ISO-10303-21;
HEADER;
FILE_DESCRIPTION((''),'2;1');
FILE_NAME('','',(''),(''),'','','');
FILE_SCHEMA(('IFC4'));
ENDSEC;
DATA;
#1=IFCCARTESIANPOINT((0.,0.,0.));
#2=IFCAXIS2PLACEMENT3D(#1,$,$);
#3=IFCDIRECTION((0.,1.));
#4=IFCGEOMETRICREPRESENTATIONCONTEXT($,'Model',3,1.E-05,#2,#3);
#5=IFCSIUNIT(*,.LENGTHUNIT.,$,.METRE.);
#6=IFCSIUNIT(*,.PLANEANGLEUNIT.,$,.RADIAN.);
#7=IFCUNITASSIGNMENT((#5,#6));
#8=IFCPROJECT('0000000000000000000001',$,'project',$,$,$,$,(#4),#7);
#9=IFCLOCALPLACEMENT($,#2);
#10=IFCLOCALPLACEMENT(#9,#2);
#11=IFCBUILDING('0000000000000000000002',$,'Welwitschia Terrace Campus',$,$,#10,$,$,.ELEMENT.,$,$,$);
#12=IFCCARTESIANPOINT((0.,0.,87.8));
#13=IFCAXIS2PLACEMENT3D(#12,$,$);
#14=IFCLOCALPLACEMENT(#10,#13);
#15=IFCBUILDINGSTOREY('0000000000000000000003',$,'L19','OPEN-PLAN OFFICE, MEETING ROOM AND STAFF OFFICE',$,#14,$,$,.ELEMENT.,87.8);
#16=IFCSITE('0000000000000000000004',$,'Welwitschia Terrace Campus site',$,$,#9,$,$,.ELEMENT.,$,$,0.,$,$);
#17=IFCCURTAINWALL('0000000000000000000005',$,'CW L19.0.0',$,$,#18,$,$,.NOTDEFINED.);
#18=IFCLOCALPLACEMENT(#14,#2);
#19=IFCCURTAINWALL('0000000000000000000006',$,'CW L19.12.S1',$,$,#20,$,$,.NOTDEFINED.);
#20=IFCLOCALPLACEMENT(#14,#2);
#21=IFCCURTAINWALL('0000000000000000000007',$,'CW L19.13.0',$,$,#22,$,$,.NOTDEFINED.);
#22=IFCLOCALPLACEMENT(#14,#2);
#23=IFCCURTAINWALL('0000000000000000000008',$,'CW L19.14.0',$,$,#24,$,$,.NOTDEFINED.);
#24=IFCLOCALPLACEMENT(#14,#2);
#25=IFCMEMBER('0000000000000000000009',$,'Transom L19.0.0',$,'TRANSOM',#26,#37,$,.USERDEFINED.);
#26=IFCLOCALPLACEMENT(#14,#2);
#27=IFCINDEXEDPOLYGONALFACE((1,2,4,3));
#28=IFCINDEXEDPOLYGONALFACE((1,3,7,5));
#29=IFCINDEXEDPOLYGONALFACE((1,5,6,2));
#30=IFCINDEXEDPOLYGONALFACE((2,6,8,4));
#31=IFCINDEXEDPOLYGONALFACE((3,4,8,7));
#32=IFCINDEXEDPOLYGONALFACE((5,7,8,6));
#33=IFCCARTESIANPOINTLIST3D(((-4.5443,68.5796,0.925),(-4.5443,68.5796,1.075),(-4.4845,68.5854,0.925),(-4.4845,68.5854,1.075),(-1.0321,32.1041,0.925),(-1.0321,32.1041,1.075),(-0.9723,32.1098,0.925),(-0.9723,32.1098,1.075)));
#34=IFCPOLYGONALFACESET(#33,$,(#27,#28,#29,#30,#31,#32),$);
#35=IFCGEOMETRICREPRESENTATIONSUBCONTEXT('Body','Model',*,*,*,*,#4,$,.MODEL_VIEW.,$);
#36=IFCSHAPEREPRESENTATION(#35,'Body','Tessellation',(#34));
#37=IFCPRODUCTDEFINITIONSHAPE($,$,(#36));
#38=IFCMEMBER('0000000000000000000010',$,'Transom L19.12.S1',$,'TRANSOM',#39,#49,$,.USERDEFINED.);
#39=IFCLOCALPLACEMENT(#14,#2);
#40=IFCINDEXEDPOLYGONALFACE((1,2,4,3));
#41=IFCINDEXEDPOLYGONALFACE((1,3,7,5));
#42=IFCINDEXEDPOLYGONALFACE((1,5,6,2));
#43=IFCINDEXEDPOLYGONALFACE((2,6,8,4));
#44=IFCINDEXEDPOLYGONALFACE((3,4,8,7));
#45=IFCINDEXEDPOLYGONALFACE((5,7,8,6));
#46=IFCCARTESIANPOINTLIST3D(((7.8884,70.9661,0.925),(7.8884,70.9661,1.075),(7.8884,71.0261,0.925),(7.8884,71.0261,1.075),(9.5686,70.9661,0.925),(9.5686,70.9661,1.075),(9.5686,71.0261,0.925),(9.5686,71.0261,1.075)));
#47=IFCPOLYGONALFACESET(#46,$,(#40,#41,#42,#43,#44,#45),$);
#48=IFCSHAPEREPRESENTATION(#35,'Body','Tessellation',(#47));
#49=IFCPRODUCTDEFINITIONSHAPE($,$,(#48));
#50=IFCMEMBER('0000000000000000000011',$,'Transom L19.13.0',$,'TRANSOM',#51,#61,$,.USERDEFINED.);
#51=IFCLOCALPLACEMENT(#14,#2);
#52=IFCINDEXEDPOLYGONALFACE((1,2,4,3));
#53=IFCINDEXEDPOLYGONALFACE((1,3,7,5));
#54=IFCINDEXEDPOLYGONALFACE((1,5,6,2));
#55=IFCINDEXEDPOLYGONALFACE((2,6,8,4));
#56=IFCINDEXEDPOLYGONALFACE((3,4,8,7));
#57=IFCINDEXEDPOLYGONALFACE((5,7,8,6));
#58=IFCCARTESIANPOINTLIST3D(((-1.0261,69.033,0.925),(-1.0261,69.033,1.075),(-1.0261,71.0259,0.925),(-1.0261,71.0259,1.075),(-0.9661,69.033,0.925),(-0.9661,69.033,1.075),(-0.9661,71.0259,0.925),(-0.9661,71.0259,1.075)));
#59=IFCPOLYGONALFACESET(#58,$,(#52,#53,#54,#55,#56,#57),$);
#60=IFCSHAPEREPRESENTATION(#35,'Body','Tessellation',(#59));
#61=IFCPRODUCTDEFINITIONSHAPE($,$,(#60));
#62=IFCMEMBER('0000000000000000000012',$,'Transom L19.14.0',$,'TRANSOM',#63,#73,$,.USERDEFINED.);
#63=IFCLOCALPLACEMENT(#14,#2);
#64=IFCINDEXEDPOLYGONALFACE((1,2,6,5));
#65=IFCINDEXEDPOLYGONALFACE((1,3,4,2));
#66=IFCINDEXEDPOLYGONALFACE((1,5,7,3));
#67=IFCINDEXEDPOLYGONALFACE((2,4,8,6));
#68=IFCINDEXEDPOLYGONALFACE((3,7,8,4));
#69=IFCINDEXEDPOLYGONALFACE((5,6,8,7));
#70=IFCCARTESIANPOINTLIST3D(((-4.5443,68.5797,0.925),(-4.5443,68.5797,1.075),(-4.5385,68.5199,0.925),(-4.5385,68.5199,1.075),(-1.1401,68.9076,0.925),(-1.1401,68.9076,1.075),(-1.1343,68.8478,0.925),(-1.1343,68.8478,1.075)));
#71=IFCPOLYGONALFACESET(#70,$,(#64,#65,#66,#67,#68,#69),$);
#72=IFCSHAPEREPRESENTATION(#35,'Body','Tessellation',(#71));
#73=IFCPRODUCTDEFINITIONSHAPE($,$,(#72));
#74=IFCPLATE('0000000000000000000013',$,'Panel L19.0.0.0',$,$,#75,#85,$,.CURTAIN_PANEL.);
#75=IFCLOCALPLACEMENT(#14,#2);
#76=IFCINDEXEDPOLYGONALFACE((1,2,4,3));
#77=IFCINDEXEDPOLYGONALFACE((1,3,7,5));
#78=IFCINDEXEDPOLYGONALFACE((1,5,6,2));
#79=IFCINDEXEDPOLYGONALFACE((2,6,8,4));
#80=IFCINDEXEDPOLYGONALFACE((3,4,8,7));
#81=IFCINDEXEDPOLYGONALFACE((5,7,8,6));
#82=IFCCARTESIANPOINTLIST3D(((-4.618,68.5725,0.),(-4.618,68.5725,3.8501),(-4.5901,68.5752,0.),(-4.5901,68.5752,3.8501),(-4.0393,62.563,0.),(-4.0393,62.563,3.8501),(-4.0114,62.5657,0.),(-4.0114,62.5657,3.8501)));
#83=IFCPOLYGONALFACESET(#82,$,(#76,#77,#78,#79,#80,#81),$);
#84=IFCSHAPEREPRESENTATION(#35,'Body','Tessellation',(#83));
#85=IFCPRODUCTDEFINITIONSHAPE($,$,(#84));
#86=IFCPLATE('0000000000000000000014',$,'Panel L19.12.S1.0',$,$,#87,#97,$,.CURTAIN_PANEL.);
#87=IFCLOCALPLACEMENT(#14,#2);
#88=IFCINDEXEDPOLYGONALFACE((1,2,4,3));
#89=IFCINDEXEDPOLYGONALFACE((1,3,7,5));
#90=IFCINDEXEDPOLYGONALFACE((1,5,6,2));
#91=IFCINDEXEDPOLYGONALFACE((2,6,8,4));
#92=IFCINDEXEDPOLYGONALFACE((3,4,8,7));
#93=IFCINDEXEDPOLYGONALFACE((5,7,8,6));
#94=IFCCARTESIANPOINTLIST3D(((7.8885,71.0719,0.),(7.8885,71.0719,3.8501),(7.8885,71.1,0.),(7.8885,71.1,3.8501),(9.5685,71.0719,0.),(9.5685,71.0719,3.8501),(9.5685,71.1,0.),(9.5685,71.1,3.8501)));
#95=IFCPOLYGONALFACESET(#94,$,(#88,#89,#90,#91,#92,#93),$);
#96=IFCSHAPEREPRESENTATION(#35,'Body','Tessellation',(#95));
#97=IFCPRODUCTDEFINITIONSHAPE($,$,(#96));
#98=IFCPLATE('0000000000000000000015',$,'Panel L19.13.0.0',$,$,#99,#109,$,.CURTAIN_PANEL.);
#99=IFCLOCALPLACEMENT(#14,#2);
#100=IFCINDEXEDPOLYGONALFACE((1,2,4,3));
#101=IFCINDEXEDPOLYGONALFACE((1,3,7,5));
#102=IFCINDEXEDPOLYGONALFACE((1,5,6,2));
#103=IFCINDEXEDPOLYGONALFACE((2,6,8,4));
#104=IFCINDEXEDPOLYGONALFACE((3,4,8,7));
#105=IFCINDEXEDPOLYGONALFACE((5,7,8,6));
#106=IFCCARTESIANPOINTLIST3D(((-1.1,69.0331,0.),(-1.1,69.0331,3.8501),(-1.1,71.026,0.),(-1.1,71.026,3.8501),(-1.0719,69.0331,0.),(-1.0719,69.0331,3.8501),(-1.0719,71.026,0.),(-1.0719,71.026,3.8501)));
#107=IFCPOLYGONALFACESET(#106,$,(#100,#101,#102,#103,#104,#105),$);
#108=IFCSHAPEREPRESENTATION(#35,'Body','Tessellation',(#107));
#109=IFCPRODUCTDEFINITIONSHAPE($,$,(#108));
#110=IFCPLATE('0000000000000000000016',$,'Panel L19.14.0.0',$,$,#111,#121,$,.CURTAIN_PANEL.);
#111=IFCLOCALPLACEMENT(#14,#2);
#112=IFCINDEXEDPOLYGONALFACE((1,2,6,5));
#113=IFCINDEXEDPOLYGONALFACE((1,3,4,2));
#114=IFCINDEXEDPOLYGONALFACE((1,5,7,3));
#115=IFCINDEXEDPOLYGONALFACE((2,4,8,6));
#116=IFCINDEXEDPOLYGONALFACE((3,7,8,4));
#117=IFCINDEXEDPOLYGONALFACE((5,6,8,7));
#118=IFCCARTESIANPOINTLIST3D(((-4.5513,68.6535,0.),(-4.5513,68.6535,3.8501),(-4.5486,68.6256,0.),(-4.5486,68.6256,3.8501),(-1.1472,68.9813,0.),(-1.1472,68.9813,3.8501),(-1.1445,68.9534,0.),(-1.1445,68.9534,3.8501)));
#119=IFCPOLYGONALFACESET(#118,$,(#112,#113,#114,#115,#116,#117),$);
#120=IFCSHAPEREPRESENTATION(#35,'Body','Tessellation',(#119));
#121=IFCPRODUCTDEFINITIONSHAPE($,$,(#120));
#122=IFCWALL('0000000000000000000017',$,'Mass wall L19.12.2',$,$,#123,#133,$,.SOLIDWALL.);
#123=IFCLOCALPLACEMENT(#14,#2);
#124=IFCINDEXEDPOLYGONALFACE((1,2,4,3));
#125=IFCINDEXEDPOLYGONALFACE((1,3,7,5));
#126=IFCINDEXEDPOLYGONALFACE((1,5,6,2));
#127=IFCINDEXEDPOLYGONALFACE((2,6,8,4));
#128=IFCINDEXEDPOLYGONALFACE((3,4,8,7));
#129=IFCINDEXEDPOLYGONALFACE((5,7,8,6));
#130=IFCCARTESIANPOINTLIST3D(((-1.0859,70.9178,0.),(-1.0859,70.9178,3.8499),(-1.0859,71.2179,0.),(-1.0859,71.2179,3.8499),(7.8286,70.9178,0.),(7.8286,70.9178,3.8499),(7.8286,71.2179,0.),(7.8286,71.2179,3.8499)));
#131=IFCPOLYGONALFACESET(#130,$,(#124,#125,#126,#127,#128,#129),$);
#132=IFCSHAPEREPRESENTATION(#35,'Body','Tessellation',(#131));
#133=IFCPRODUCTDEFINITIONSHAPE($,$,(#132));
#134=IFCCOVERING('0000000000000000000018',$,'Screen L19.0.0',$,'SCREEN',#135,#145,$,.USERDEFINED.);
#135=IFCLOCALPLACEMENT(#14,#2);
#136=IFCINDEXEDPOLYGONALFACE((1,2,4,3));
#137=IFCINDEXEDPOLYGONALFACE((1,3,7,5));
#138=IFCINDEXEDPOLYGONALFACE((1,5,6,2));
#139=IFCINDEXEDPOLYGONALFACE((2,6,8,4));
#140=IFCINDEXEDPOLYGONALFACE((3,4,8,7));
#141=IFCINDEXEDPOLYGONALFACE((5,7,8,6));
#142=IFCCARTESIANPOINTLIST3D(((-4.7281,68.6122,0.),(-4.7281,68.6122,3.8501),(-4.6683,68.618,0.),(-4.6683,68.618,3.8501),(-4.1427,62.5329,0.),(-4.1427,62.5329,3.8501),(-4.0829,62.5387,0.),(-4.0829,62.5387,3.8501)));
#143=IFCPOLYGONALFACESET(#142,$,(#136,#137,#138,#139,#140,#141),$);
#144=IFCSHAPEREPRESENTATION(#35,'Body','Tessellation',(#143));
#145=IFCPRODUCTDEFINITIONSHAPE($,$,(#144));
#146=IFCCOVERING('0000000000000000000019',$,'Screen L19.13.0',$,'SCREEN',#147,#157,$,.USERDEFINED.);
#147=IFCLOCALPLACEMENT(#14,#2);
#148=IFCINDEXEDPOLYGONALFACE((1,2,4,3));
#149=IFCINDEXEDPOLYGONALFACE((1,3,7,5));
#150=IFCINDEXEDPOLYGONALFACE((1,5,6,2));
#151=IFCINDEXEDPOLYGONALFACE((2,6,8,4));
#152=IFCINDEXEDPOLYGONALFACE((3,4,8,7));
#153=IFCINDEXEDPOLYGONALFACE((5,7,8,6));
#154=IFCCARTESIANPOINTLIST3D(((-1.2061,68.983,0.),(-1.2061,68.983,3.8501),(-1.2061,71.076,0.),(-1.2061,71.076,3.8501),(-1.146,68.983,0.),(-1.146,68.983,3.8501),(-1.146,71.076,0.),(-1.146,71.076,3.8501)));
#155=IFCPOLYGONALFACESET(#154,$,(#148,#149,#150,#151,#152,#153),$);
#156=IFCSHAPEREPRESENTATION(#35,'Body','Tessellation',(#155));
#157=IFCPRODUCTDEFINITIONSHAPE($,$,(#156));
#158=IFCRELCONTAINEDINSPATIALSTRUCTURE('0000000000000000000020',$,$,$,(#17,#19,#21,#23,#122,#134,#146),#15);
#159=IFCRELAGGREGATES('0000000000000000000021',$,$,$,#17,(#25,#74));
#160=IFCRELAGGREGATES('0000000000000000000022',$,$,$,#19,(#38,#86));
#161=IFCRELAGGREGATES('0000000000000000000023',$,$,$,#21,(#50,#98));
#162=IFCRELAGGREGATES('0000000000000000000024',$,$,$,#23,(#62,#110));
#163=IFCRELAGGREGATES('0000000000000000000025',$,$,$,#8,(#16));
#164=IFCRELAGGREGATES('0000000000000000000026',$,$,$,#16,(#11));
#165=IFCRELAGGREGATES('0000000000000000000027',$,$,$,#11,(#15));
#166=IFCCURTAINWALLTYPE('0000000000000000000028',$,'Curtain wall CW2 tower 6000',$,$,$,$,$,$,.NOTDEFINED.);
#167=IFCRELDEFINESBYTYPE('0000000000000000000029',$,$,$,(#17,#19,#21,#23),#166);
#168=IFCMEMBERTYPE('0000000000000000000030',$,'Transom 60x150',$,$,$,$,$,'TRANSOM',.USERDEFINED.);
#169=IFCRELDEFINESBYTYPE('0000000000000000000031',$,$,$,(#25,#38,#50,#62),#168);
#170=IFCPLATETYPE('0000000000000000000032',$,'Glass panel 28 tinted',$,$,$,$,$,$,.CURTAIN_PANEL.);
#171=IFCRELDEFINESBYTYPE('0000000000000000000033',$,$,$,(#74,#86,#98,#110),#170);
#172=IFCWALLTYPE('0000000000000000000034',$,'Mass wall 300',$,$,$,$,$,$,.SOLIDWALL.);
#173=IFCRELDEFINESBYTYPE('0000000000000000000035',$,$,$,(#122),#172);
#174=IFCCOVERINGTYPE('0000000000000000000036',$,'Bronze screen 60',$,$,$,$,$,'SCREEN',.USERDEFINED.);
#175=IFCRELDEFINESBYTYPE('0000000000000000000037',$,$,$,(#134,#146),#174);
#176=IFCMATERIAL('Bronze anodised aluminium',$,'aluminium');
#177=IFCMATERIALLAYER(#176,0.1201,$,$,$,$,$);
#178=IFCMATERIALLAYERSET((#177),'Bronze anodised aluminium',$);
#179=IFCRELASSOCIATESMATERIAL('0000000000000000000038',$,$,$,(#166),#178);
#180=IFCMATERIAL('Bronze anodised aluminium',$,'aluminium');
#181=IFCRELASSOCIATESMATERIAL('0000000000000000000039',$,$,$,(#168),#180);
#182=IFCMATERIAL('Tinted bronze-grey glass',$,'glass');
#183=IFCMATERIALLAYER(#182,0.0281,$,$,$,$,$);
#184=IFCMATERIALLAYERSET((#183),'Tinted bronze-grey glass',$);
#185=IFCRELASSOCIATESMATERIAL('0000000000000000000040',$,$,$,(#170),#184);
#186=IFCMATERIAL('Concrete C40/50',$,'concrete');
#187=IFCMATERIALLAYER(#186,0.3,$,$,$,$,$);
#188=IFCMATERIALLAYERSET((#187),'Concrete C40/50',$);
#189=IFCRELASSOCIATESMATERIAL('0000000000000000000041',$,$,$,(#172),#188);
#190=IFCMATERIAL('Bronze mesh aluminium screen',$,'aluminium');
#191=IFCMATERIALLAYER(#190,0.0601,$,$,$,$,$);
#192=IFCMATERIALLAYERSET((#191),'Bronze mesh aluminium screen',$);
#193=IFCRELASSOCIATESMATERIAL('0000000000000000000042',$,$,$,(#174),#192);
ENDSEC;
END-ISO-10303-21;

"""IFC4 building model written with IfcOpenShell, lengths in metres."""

from ifc_helpers import new_model, si_unit, direction, frame, frame_2d, origin, origin_2d, place, context, subcontext, project, spatial, rectangle, extrude, material, layer, layer_set, material_profile, profile_set, type_object, element, aggregate, save


model = new_model("IFC4")

# Units and contexts
model_context = context("Model", 3, precision=1e-05, world=origin(), true_north=direction((0.0, 1.0)))
body_context = subcontext(model_context, "Body", "Model", "MODEL_VIEW")
ifc_project = project(units=[si_unit("LENGTHUNIT", "METRE"), si_unit("PLANEANGLEUNIT", "RADIAN")], contexts=[model_context])

# Site, building, storey
site_placement = place(None, origin())
site = spatial("IfcSite", under=ifc_project, at=site_placement, Name="Welwitschia Terrace Campus site", CompositionType="ELEMENT", RefElevation=0.0)
building_placement = place(site_placement, origin())
building = spatial("IfcBuilding", under=site, at=building_placement, Name="Welwitschia Terrace Campus", CompositionType="ELEMENT")
storey_placement = place(building_placement, frame((0.0, 0.0, 87.8)))
storey = spatial("IfcBuildingStorey", under=building, at=storey_placement, Name="L19", Description="OPEN-PLAN OFFICE, MEETING ROOM AND STAFF OFFICE", CompositionType="ELEMENT", Elevation=87.8)

# Curtain wall
ifc_material_1 = material(Name="Bronze anodised aluminium", Category="aluminium")
ifc_layer_1 = layer(ifc_material_1, 0.1201)
ifc_layer_set_1 = layer_set([ifc_layer_1], Name="Bronze anodised aluminium")
curtain_wall_type = type_object("IfcCurtainWallType", Name="Curtain wall CW2 tower 6000", PredefinedType="NOTDEFINED", material=ifc_layer_set_1)
curtain_wall_1_placement = place(storey_placement, origin())
curtain_wall_1 = element("IfcCurtainWall", 1, at=curtain_wall_1_placement, inside=storey, type_object=curtain_wall_type, Name="CW L19.0.0", PredefinedType="NOTDEFINED")

# Curtain walls
curtain_wall_2_placement = place(storey_placement, origin())
curtain_wall_2 = element("IfcCurtainWall", 2, at=curtain_wall_2_placement, inside=storey, type_object=curtain_wall_type, Name="CW L19.12.S1", PredefinedType="NOTDEFINED")
curtain_wall_3_placement = place(storey_placement, origin())
curtain_wall_3 = element("IfcCurtainWall", 3, at=curtain_wall_3_placement, inside=storey, type_object=curtain_wall_type, Name="CW L19.13.0", PredefinedType="NOTDEFINED")
curtain_wall_4_placement = place(storey_placement, origin())
curtain_wall_4 = element("IfcCurtainWall", 4, at=curtain_wall_4_placement, inside=storey, type_object=curtain_wall_type, Name="CW L19.14.0", PredefinedType="NOTDEFINED")

# Members
ifc_material_2 = material(Name="Bronze anodised aluminium", Category="aluminium")
ifc_material_profile_1 = material_profile(ifc_material_2, rectangle(XDim=0.0601, YDim=0.1499, at=origin_2d()))
ifc_profile_set_1 = profile_set([ifc_material_profile_1], Name="Bronze anodised aluminium")
member_type_1 = type_object("IfcMemberType", Name="Transom 60x150", ElementType="TRANSOM", PredefinedType="USERDEFINED", material=ifc_profile_set_1)
member_1_placement = place(storey_placement, frame((-4.5144, 68.5825, 1.0), z_axis=(0.095846, -0.995396, 0.0), x_axis=(0.995396, 0.095846, 0.0)))
member_1 = element("IfcMember", 5, at=member_1_placement, type_object=member_type_1, Name="Transom L19.0.0", ObjectType="TRANSOM", PredefinedType="USERDEFINED", context=body_context, shape_type="SweptSolid", body=[
    extrude(rectangle(XDim=0.0601, YDim=0.1499, at=origin_2d()), origin(), (0.0, 0.0, 1.0), 36.6443),
])
member_2_placement = place(storey_placement, frame((9.5686, 70.9961, 1.0), z_axis=(-1.0, 0.0, 0.0), x_axis=(0.0, -1.0, 0.0)))
member_2 = element("IfcMember", 6, at=member_2_placement, type_object=member_type_1, Name="Transom L19.12.S1", ObjectType="TRANSOM", PredefinedType="USERDEFINED", context=body_context, shape_type="SweptSolid", body=[
    extrude(rectangle(XDim=0.0601, YDim=0.1499, at=origin_2d()), origin(), (0.0, 0.0, 1.0), 1.6802),
])
member_3_placement = place(storey_placement, frame((-0.9961, 71.0259, 1.0), z_axis=(0.0, -1.0, 0.0), x_axis=(1.0, 0.0, 0.0)))
member_3 = element("IfcMember", 7, at=member_3_placement, type_object=member_type_1, Name="Transom L19.13.0", ObjectType="TRANSOM", PredefinedType="USERDEFINED", context=body_context, shape_type="SweptSolid", body=[
    extrude(rectangle(XDim=0.0601, YDim=0.1499, at=origin_2d()), origin(), (0.0, 0.0, 1.0), 1.9929),
])
member_4_placement = place(storey_placement, frame((-1.1372, 68.8777, 1.0), z_axis=(-0.995393, -0.095877, 0.0), x_axis=(0.095877, -0.995393, 0.0)))
member_4 = element("IfcMember", 8, at=member_4_placement, type_object=member_type_1, Name="Transom L19.14.0", ObjectType="TRANSOM", PredefinedType="USERDEFINED", context=body_context, shape_type="SweptSolid", body=[
    extrude(rectangle(XDim=0.0601, YDim=0.1499, at=origin_2d()), origin(), (0.0, 0.0, 1.0), 3.4199),
])

# Plates
ifc_material_3 = material(Name="Tinted bronze-grey glass", Category="glass")
ifc_layer_2 = layer(ifc_material_3, 0.0281)
ifc_layer_set_2 = layer_set([ifc_layer_2], Name="Tinted bronze-grey glass")
plate_type = type_object("IfcPlateType", Name="Glass panel 28 tinted", PredefinedType="CURTAIN_PANEL", material=ifc_layer_set_2)
plate_1_placement = place(storey_placement, frame((-4.3147, 65.5691, 0.0), z_axis=(0.0, 0.0, 1.0), x_axis=(0.095846, -0.995396, 0.0)))
plate_1 = element("IfcPlate", 9, at=plate_1_placement, type_object=plate_type, Name="Panel L19.0.0.0", PredefinedType="CURTAIN_PANEL", context=body_context, shape_type="SweptSolid", body=[
    extrude(rectangle(XDim=6.0374, YDim=0.0281, at=origin_2d()), origin(), (0.0, 0.0, 1.0), 3.8501),
])
aggregate(curtain_wall_1, [member_1, plate_1])
plate_2_placement = place(storey_placement, frame((8.7285, 71.0859, 0.0), z_axis=(0.0, 0.0, 1.0), x_axis=(-1.0, 0.0, 0.0)))
plate_2 = element("IfcPlate", 10, at=plate_2_placement, type_object=plate_type, Name="Panel L19.12.S1.0", PredefinedType="CURTAIN_PANEL", context=body_context, shape_type="SweptSolid", body=[
    extrude(rectangle(XDim=1.6799, YDim=0.0281, at=origin_2d()), origin(), (0.0, 0.0, 1.0), 3.8501),
])
aggregate(curtain_wall_2, [member_2, plate_2])
plate_3_placement = place(storey_placement, frame((-1.0859, 70.0295, 0.0), z_axis=(0.0, 0.0, 1.0), x_axis=(0.0, -1.0, 0.0)))
plate_3 = element("IfcPlate", 11, at=plate_3_placement, type_object=plate_type, Name="Panel L19.13.0.0", PredefinedType="CURTAIN_PANEL", context=body_context, shape_type="SweptSolid", body=[
    extrude(rectangle(XDim=1.9929, YDim=0.0281, at=origin_2d()), origin(), (0.0, 0.0, 1.0), 3.8501),
])
aggregate(curtain_wall_3, [member_3, plate_3])
plate_4_placement = place(storey_placement, frame((-2.8479, 68.8035, 0.0), z_axis=(0.0, 0.0, 1.0), x_axis=(-0.995396, -0.095846, 0.0)))
plate_4 = element("IfcPlate", 12, at=plate_4_placement, type_object=plate_type, Name="Panel L19.14.0.0", PredefinedType="CURTAIN_PANEL", context=body_context, shape_type="SweptSolid", body=[
    extrude(rectangle(XDim=3.4199, YDim=0.0281, at=origin_2d()), origin(), (0.0, 0.0, 1.0), 3.8501),
])
aggregate(curtain_wall_4, [member_4, plate_4])

# Wall
ifc_material_4 = material(Name="Concrete C40/50", Category="concrete")
ifc_layer_3 = layer(ifc_material_4, 0.3)
ifc_layer_set_3 = layer_set([ifc_layer_3], Name="Concrete C40/50")
wall_type = type_object("IfcWallType", Name="Mass wall 300", PredefinedType="SOLIDWALL", material=ifc_layer_set_3)
wall_placement = place(storey_placement, frame((7.8286, 71.0679, 0.0), z_axis=(0.0, 0.0, 1.0), x_axis=(-1.0, 0.0, 0.0)))
element("IfcWall", 13, at=wall_placement, inside=storey, type_object=wall_type, Name="Mass wall L19.12.2", PredefinedType="SOLIDWALL", context=body_context, shape_type="SweptSolid", body=[
    extrude(rectangle(XDim=8.9146, YDim=0.3, at=frame_2d((4.4573, 0.0))), origin(), (0.0, 0.0, 1.0), 3.8499),
])

# Coverings
ifc_material_5 = material(Name="Bronze mesh aluminium screen", Category="aluminium")
ifc_layer_4 = layer(ifc_material_5, 0.0601)
ifc_layer_set_4 = layer_set([ifc_layer_4], Name="Bronze mesh aluminium screen")
covering_type = type_object("IfcCoveringType", Name="Bronze screen 60", ElementType="SCREEN", PredefinedType="USERDEFINED", material=ifc_layer_set_4)
covering_1_placement = place(storey_placement, frame((-4.4055, 65.5754, 0.0), z_axis=(0.0, 0.0, 1.0), x_axis=(0.095846, -0.995396, 0.0)))
element("IfcCovering", 14, at=covering_1_placement, inside=storey, type_object=covering_type, Name="Screen L19.0.0", ObjectType="SCREEN", PredefinedType="USERDEFINED", context=body_context, shape_type="SweptSolid", body=[
    extrude(rectangle(XDim=6.1074, YDim=0.0601, at=origin_2d()), origin(), (0.0, 0.0, 1.0), 3.8501),
])
covering_2_placement = place(storey_placement, frame((-1.176, 70.0295, 0.0), z_axis=(0.0, 0.0, 1.0), x_axis=(0.0, -1.0, 0.0)))
element("IfcCovering", 15, at=covering_2_placement, inside=storey, type_object=covering_type, Name="Screen L19.13.0", ObjectType="SCREEN", PredefinedType="USERDEFINED", context=body_context, shape_type="SweptSolid", body=[
    extrude(rectangle(XDim=2.093, YDim=0.0601, at=origin_2d()), origin(), (0.0, 0.0, 1.0), 3.8501),
])

save(model, "model.ifc")
